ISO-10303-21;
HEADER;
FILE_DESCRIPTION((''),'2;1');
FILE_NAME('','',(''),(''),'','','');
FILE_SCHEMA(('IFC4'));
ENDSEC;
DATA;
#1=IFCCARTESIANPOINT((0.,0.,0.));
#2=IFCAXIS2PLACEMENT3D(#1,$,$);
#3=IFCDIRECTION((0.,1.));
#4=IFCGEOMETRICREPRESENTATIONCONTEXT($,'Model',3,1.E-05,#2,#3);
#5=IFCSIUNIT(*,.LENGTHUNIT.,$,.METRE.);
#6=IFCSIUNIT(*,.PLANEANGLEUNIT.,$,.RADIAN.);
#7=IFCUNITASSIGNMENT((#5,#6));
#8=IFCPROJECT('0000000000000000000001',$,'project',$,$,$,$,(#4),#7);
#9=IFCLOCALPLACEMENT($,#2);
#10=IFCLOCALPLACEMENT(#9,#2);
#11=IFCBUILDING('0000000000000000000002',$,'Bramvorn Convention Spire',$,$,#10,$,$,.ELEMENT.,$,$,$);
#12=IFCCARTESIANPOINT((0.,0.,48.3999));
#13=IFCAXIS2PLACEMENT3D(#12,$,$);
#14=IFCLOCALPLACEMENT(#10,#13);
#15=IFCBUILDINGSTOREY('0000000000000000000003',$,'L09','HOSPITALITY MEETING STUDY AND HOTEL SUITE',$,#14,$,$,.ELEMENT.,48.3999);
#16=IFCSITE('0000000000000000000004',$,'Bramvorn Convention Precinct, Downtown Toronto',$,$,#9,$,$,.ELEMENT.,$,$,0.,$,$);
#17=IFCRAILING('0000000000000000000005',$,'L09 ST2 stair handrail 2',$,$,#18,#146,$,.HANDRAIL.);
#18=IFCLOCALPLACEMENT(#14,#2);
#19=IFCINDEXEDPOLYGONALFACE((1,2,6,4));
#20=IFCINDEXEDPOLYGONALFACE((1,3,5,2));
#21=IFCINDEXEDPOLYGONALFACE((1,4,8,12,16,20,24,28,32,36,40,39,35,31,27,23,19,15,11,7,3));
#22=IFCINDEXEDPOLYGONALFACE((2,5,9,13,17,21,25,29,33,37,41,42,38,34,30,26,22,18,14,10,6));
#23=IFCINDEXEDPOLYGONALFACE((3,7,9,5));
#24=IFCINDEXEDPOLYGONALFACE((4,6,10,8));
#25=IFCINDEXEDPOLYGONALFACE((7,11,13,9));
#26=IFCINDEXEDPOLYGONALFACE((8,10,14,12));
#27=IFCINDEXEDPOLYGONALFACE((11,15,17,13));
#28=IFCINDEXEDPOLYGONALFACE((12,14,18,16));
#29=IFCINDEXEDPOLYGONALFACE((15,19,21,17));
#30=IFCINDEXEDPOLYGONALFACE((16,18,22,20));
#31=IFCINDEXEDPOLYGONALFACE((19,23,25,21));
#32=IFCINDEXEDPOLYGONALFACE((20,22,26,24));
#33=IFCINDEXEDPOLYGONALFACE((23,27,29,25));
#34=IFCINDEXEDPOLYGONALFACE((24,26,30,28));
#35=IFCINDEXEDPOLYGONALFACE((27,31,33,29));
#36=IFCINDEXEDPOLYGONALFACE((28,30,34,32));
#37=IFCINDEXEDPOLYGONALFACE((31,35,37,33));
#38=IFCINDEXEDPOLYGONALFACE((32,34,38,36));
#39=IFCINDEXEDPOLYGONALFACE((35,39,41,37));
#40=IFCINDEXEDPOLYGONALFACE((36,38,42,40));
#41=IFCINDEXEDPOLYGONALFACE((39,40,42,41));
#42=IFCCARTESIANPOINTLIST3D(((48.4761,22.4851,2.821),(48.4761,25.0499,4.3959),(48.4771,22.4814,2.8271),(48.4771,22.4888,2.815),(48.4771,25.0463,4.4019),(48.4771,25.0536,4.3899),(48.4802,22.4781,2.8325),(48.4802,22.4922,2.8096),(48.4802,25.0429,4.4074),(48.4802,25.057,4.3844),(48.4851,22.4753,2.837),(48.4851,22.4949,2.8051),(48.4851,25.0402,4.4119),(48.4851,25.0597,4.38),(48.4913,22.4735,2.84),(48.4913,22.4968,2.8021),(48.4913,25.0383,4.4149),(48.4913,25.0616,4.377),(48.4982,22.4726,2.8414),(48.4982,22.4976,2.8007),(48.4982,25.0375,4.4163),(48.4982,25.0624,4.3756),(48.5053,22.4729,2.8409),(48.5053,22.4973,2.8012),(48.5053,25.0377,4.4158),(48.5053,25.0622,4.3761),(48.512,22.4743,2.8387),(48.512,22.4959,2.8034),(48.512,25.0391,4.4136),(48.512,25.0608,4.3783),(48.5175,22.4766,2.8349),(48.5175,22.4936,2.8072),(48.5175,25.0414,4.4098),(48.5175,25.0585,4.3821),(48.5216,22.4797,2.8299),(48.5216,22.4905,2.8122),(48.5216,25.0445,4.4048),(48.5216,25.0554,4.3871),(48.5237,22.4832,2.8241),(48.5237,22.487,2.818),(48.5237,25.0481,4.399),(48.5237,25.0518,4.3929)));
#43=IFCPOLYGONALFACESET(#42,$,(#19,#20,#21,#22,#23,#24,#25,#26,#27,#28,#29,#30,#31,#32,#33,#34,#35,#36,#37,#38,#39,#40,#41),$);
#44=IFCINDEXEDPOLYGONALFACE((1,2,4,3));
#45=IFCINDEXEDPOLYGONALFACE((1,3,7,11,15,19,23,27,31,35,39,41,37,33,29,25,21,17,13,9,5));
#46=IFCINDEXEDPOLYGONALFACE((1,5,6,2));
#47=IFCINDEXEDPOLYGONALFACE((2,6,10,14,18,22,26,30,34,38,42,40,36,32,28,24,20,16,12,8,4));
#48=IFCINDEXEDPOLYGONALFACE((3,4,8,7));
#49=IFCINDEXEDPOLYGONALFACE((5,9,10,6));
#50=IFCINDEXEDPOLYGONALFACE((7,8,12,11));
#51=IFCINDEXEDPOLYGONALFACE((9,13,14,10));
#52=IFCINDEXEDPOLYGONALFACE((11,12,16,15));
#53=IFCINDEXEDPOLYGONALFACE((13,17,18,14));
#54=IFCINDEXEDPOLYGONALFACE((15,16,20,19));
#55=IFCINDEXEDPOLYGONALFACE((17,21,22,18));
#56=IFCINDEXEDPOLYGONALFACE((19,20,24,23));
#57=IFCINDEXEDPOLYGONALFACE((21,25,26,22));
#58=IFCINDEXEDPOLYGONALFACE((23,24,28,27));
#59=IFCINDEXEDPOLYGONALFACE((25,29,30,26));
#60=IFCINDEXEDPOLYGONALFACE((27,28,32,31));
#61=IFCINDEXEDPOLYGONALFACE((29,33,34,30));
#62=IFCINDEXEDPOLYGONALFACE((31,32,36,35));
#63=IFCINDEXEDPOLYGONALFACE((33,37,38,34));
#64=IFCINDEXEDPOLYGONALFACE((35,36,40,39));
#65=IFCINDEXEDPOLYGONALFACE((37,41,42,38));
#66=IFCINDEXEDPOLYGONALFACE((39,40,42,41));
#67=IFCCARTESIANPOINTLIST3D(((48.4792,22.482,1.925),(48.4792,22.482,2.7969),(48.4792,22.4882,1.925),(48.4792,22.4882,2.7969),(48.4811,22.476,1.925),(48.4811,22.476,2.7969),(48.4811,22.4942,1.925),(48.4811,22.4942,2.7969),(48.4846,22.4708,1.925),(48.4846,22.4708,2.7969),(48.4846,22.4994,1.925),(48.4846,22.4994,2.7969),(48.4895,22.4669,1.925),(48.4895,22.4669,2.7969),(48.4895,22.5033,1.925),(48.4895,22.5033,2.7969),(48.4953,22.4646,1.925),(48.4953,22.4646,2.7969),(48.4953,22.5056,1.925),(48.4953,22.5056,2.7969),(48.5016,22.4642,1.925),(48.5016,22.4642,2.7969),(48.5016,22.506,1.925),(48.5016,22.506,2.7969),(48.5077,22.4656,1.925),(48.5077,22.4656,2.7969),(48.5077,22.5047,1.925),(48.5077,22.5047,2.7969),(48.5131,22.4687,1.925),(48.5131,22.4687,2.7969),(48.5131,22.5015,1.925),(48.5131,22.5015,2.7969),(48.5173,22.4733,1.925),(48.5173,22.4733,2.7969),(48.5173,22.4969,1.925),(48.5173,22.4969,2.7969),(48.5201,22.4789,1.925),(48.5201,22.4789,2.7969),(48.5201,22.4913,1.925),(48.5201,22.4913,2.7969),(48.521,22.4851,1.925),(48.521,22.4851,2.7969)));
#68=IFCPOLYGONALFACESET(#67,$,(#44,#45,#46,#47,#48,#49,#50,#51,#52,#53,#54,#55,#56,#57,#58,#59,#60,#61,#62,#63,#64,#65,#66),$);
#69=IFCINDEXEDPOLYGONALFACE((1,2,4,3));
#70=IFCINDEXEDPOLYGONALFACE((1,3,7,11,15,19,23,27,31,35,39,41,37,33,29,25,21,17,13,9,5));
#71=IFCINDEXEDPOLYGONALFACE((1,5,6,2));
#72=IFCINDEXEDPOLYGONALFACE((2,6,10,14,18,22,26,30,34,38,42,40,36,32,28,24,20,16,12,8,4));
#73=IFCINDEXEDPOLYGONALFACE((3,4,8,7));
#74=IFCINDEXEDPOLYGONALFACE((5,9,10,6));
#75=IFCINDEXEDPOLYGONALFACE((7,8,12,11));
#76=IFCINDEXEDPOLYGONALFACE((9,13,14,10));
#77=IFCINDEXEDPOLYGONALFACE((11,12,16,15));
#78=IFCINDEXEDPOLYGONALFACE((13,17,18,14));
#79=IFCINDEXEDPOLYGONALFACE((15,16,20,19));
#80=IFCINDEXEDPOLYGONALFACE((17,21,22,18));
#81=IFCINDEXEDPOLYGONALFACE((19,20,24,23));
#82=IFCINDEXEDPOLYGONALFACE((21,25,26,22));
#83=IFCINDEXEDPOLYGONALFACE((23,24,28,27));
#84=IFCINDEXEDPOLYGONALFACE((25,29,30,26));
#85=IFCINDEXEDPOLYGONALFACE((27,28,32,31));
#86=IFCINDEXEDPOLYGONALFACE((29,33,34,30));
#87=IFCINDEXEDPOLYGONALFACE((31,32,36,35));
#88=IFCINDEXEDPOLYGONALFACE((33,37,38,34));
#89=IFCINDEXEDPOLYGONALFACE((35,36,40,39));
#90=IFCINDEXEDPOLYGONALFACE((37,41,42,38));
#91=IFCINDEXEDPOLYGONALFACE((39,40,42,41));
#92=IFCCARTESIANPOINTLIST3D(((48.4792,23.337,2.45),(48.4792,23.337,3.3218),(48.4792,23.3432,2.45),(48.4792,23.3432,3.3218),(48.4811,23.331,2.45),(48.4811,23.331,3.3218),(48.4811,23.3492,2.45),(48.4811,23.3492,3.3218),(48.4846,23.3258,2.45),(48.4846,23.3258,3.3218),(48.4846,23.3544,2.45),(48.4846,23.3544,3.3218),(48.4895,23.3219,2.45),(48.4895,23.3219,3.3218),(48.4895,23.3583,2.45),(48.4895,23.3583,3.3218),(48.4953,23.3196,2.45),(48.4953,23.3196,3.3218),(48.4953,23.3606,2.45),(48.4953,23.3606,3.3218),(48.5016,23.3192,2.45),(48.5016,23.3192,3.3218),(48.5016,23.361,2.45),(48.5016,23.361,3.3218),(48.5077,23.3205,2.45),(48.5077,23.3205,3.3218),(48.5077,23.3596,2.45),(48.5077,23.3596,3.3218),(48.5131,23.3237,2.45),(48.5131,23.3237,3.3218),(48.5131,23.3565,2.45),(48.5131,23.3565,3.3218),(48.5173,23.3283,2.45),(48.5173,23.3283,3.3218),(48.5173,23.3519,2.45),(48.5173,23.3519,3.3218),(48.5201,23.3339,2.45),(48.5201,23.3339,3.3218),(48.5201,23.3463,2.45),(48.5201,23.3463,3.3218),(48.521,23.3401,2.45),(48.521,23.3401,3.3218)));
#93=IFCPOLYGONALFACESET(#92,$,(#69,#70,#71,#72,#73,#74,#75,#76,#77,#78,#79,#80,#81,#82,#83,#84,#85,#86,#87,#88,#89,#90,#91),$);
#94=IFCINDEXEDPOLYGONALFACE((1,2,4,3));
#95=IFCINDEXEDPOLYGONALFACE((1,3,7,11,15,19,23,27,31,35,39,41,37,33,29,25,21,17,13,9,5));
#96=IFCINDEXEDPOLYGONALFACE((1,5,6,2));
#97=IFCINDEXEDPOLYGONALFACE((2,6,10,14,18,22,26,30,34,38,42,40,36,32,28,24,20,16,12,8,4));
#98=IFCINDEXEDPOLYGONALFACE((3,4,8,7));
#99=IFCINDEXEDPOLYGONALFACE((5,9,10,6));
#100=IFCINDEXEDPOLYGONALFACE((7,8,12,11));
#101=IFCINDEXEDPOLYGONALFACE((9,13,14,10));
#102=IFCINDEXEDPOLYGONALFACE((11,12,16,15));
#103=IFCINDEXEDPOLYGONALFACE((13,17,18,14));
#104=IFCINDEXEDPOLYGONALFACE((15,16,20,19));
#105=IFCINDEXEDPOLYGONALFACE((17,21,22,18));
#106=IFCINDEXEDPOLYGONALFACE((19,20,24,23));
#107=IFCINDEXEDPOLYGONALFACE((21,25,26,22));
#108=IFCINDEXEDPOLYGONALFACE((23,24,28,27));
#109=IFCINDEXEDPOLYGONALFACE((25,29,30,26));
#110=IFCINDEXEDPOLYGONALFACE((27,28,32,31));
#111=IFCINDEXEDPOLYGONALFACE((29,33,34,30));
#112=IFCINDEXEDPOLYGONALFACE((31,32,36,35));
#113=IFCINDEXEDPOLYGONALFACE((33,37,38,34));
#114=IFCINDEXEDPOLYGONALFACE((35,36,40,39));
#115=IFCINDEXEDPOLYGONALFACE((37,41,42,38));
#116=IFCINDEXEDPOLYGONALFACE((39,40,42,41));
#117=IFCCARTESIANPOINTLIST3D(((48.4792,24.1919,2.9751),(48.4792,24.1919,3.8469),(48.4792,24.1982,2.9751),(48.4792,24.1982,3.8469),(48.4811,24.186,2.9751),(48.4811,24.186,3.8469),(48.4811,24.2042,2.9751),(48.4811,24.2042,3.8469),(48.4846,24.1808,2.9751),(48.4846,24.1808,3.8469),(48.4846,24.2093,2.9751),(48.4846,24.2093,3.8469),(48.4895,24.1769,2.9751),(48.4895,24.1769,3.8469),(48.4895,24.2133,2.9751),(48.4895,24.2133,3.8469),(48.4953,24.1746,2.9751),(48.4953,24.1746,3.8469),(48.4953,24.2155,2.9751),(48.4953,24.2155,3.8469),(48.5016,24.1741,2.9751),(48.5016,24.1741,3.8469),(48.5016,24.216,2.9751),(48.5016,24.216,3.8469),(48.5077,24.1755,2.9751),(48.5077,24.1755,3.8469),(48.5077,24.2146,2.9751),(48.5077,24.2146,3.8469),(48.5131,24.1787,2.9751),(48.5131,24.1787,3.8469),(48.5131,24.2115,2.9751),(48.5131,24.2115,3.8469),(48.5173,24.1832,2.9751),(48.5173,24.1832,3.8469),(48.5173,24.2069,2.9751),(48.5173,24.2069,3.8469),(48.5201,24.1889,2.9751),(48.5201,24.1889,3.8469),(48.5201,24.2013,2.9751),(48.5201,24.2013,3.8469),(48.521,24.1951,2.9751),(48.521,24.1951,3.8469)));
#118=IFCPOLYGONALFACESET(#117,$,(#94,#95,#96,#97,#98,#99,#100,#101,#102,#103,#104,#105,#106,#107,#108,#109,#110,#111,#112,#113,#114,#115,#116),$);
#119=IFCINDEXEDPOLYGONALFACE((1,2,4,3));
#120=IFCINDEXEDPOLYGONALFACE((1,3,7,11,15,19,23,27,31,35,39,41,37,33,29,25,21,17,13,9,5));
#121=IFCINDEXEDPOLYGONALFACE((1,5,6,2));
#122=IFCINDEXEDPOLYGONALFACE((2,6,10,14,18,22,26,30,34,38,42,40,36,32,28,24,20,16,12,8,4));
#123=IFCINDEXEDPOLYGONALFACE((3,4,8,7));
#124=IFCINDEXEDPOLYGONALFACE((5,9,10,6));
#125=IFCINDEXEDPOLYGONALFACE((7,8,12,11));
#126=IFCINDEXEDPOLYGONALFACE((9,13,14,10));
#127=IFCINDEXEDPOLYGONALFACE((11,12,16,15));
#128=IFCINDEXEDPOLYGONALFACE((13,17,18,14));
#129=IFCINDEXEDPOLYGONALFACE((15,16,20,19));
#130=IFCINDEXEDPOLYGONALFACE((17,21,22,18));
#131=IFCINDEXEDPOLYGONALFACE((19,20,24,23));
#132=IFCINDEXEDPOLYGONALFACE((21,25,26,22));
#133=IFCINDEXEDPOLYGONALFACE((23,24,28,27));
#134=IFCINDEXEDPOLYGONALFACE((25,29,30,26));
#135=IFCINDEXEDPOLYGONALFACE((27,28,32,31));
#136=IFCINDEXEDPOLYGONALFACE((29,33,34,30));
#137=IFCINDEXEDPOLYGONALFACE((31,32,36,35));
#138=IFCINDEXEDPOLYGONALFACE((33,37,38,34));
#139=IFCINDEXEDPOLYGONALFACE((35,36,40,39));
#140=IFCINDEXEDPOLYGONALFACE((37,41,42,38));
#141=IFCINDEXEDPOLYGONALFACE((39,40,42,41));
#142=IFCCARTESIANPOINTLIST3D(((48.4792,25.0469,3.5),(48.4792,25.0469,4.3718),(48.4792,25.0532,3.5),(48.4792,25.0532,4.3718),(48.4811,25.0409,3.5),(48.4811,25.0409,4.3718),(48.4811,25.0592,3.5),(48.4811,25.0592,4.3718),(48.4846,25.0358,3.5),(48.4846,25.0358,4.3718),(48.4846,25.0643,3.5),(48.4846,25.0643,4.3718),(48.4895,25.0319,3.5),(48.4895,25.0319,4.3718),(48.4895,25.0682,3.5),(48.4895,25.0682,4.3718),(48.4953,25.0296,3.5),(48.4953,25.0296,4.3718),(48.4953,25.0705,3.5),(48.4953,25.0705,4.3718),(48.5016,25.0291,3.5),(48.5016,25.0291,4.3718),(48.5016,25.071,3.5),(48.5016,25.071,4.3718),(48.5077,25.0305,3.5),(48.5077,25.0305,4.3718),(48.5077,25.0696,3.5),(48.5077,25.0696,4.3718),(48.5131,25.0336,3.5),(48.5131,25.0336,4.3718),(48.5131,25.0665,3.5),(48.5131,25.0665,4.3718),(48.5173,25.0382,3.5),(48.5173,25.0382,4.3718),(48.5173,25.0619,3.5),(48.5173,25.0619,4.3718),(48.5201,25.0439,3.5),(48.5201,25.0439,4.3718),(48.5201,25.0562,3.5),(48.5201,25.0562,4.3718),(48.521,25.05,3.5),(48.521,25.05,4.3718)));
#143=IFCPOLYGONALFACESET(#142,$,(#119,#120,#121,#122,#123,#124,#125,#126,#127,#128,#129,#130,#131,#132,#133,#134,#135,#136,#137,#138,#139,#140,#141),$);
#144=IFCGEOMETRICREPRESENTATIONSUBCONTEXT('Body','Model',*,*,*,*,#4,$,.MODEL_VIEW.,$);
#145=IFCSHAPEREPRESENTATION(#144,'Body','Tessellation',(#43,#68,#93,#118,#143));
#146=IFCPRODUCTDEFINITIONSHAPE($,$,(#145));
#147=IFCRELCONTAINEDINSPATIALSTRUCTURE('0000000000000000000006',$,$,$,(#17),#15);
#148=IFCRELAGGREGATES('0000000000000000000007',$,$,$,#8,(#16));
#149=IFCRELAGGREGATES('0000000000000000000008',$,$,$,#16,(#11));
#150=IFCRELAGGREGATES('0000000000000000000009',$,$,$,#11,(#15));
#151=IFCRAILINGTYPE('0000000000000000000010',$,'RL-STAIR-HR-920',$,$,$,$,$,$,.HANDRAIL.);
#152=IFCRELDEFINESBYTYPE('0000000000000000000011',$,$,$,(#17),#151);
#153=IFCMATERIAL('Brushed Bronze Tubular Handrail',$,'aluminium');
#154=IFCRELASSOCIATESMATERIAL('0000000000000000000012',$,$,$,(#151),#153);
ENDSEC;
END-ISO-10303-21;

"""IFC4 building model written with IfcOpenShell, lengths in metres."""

from ifc_helpers import new_model, si_unit, direction, frame, origin, origin_2d, place, context, subcontext, project, spatial, circle, extrude, material, type_object, element, save


model = new_model("IFC4")

# Units and contexts
model_context = context("Model", 3, precision=1e-05, world=origin(), true_north=direction((0.0, 1.0)))
body_context = subcontext(model_context, "Body", "Model", "MODEL_VIEW")
ifc_project = project(units=[si_unit("LENGTHUNIT", "METRE"), si_unit("PLANEANGLEUNIT", "RADIAN")], contexts=[model_context])

# Site, building, storey
site_placement = place(None, origin())
site = spatial("IfcSite", under=ifc_project, at=site_placement, Name="Bramvorn Convention Precinct, Downtown Toronto", CompositionType="ELEMENT", RefElevation=0.0)
building_placement = place(site_placement, origin())
building = spatial("IfcBuilding", under=site, at=building_placement, Name="Bramvorn Convention Spire", CompositionType="ELEMENT")
storey_placement = place(building_placement, frame((0.0, 0.0, 48.3999)))
storey = spatial("IfcBuildingStorey", under=building, at=storey_placement, Name="L09", Description="HOSPITALITY MEETING STUDY AND HOTEL SUITE", CompositionType="ELEMENT", Elevation=48.3999)

# Railing
ifc_material_1 = material(Name="Brushed Bronze Tubular Handrail", Category="aluminium")
railing_type_1 = type_object("IfcRailingType", Name="RL-STAIR-HR-920", PredefinedType="HANDRAIL", material=ifc_material_1)
railing_1_placement = place(storey_placement, frame((48.5, 22.4851, 1.925)))
element("IfcRailing", 1, at=railing_1_placement, inside=storey, type_object=railing_type_1, Name="L09 ST2 stair handrail 2", PredefinedType="HANDRAIL", context=body_context, shape_type="SweptSolid", body=[
    extrude(circle(Radius=0.0239, at=origin_2d()), frame((0.0, 0.0, 0.896), z_axis=(0.0, 0.852173, 0.52326), x_axis=(-1.0, 0.0, 0.0)), (0.0, 0.0, 1.0), 3.0098),
    extrude(circle(Radius=0.021, at=origin_2d()), origin(), (0.0, 0.0, 1.0), 0.8718),
    extrude(circle(Radius=0.021, at=origin_2d()), frame((0.0, 0.855, 0.5249)), (0.0, 0.0, 1.0), 0.8718),
    extrude(circle(Radius=0.021, at=origin_2d()), frame((0.0, 1.71, 1.05)), (0.0, 0.0, 1.0), 0.8718),
    extrude(circle(Radius=0.021, at=origin_2d()), frame((0.0, 2.5649, 1.575)), (0.0, 0.0, 1.0), 0.8718),
])

save(model, "model.ifc")
